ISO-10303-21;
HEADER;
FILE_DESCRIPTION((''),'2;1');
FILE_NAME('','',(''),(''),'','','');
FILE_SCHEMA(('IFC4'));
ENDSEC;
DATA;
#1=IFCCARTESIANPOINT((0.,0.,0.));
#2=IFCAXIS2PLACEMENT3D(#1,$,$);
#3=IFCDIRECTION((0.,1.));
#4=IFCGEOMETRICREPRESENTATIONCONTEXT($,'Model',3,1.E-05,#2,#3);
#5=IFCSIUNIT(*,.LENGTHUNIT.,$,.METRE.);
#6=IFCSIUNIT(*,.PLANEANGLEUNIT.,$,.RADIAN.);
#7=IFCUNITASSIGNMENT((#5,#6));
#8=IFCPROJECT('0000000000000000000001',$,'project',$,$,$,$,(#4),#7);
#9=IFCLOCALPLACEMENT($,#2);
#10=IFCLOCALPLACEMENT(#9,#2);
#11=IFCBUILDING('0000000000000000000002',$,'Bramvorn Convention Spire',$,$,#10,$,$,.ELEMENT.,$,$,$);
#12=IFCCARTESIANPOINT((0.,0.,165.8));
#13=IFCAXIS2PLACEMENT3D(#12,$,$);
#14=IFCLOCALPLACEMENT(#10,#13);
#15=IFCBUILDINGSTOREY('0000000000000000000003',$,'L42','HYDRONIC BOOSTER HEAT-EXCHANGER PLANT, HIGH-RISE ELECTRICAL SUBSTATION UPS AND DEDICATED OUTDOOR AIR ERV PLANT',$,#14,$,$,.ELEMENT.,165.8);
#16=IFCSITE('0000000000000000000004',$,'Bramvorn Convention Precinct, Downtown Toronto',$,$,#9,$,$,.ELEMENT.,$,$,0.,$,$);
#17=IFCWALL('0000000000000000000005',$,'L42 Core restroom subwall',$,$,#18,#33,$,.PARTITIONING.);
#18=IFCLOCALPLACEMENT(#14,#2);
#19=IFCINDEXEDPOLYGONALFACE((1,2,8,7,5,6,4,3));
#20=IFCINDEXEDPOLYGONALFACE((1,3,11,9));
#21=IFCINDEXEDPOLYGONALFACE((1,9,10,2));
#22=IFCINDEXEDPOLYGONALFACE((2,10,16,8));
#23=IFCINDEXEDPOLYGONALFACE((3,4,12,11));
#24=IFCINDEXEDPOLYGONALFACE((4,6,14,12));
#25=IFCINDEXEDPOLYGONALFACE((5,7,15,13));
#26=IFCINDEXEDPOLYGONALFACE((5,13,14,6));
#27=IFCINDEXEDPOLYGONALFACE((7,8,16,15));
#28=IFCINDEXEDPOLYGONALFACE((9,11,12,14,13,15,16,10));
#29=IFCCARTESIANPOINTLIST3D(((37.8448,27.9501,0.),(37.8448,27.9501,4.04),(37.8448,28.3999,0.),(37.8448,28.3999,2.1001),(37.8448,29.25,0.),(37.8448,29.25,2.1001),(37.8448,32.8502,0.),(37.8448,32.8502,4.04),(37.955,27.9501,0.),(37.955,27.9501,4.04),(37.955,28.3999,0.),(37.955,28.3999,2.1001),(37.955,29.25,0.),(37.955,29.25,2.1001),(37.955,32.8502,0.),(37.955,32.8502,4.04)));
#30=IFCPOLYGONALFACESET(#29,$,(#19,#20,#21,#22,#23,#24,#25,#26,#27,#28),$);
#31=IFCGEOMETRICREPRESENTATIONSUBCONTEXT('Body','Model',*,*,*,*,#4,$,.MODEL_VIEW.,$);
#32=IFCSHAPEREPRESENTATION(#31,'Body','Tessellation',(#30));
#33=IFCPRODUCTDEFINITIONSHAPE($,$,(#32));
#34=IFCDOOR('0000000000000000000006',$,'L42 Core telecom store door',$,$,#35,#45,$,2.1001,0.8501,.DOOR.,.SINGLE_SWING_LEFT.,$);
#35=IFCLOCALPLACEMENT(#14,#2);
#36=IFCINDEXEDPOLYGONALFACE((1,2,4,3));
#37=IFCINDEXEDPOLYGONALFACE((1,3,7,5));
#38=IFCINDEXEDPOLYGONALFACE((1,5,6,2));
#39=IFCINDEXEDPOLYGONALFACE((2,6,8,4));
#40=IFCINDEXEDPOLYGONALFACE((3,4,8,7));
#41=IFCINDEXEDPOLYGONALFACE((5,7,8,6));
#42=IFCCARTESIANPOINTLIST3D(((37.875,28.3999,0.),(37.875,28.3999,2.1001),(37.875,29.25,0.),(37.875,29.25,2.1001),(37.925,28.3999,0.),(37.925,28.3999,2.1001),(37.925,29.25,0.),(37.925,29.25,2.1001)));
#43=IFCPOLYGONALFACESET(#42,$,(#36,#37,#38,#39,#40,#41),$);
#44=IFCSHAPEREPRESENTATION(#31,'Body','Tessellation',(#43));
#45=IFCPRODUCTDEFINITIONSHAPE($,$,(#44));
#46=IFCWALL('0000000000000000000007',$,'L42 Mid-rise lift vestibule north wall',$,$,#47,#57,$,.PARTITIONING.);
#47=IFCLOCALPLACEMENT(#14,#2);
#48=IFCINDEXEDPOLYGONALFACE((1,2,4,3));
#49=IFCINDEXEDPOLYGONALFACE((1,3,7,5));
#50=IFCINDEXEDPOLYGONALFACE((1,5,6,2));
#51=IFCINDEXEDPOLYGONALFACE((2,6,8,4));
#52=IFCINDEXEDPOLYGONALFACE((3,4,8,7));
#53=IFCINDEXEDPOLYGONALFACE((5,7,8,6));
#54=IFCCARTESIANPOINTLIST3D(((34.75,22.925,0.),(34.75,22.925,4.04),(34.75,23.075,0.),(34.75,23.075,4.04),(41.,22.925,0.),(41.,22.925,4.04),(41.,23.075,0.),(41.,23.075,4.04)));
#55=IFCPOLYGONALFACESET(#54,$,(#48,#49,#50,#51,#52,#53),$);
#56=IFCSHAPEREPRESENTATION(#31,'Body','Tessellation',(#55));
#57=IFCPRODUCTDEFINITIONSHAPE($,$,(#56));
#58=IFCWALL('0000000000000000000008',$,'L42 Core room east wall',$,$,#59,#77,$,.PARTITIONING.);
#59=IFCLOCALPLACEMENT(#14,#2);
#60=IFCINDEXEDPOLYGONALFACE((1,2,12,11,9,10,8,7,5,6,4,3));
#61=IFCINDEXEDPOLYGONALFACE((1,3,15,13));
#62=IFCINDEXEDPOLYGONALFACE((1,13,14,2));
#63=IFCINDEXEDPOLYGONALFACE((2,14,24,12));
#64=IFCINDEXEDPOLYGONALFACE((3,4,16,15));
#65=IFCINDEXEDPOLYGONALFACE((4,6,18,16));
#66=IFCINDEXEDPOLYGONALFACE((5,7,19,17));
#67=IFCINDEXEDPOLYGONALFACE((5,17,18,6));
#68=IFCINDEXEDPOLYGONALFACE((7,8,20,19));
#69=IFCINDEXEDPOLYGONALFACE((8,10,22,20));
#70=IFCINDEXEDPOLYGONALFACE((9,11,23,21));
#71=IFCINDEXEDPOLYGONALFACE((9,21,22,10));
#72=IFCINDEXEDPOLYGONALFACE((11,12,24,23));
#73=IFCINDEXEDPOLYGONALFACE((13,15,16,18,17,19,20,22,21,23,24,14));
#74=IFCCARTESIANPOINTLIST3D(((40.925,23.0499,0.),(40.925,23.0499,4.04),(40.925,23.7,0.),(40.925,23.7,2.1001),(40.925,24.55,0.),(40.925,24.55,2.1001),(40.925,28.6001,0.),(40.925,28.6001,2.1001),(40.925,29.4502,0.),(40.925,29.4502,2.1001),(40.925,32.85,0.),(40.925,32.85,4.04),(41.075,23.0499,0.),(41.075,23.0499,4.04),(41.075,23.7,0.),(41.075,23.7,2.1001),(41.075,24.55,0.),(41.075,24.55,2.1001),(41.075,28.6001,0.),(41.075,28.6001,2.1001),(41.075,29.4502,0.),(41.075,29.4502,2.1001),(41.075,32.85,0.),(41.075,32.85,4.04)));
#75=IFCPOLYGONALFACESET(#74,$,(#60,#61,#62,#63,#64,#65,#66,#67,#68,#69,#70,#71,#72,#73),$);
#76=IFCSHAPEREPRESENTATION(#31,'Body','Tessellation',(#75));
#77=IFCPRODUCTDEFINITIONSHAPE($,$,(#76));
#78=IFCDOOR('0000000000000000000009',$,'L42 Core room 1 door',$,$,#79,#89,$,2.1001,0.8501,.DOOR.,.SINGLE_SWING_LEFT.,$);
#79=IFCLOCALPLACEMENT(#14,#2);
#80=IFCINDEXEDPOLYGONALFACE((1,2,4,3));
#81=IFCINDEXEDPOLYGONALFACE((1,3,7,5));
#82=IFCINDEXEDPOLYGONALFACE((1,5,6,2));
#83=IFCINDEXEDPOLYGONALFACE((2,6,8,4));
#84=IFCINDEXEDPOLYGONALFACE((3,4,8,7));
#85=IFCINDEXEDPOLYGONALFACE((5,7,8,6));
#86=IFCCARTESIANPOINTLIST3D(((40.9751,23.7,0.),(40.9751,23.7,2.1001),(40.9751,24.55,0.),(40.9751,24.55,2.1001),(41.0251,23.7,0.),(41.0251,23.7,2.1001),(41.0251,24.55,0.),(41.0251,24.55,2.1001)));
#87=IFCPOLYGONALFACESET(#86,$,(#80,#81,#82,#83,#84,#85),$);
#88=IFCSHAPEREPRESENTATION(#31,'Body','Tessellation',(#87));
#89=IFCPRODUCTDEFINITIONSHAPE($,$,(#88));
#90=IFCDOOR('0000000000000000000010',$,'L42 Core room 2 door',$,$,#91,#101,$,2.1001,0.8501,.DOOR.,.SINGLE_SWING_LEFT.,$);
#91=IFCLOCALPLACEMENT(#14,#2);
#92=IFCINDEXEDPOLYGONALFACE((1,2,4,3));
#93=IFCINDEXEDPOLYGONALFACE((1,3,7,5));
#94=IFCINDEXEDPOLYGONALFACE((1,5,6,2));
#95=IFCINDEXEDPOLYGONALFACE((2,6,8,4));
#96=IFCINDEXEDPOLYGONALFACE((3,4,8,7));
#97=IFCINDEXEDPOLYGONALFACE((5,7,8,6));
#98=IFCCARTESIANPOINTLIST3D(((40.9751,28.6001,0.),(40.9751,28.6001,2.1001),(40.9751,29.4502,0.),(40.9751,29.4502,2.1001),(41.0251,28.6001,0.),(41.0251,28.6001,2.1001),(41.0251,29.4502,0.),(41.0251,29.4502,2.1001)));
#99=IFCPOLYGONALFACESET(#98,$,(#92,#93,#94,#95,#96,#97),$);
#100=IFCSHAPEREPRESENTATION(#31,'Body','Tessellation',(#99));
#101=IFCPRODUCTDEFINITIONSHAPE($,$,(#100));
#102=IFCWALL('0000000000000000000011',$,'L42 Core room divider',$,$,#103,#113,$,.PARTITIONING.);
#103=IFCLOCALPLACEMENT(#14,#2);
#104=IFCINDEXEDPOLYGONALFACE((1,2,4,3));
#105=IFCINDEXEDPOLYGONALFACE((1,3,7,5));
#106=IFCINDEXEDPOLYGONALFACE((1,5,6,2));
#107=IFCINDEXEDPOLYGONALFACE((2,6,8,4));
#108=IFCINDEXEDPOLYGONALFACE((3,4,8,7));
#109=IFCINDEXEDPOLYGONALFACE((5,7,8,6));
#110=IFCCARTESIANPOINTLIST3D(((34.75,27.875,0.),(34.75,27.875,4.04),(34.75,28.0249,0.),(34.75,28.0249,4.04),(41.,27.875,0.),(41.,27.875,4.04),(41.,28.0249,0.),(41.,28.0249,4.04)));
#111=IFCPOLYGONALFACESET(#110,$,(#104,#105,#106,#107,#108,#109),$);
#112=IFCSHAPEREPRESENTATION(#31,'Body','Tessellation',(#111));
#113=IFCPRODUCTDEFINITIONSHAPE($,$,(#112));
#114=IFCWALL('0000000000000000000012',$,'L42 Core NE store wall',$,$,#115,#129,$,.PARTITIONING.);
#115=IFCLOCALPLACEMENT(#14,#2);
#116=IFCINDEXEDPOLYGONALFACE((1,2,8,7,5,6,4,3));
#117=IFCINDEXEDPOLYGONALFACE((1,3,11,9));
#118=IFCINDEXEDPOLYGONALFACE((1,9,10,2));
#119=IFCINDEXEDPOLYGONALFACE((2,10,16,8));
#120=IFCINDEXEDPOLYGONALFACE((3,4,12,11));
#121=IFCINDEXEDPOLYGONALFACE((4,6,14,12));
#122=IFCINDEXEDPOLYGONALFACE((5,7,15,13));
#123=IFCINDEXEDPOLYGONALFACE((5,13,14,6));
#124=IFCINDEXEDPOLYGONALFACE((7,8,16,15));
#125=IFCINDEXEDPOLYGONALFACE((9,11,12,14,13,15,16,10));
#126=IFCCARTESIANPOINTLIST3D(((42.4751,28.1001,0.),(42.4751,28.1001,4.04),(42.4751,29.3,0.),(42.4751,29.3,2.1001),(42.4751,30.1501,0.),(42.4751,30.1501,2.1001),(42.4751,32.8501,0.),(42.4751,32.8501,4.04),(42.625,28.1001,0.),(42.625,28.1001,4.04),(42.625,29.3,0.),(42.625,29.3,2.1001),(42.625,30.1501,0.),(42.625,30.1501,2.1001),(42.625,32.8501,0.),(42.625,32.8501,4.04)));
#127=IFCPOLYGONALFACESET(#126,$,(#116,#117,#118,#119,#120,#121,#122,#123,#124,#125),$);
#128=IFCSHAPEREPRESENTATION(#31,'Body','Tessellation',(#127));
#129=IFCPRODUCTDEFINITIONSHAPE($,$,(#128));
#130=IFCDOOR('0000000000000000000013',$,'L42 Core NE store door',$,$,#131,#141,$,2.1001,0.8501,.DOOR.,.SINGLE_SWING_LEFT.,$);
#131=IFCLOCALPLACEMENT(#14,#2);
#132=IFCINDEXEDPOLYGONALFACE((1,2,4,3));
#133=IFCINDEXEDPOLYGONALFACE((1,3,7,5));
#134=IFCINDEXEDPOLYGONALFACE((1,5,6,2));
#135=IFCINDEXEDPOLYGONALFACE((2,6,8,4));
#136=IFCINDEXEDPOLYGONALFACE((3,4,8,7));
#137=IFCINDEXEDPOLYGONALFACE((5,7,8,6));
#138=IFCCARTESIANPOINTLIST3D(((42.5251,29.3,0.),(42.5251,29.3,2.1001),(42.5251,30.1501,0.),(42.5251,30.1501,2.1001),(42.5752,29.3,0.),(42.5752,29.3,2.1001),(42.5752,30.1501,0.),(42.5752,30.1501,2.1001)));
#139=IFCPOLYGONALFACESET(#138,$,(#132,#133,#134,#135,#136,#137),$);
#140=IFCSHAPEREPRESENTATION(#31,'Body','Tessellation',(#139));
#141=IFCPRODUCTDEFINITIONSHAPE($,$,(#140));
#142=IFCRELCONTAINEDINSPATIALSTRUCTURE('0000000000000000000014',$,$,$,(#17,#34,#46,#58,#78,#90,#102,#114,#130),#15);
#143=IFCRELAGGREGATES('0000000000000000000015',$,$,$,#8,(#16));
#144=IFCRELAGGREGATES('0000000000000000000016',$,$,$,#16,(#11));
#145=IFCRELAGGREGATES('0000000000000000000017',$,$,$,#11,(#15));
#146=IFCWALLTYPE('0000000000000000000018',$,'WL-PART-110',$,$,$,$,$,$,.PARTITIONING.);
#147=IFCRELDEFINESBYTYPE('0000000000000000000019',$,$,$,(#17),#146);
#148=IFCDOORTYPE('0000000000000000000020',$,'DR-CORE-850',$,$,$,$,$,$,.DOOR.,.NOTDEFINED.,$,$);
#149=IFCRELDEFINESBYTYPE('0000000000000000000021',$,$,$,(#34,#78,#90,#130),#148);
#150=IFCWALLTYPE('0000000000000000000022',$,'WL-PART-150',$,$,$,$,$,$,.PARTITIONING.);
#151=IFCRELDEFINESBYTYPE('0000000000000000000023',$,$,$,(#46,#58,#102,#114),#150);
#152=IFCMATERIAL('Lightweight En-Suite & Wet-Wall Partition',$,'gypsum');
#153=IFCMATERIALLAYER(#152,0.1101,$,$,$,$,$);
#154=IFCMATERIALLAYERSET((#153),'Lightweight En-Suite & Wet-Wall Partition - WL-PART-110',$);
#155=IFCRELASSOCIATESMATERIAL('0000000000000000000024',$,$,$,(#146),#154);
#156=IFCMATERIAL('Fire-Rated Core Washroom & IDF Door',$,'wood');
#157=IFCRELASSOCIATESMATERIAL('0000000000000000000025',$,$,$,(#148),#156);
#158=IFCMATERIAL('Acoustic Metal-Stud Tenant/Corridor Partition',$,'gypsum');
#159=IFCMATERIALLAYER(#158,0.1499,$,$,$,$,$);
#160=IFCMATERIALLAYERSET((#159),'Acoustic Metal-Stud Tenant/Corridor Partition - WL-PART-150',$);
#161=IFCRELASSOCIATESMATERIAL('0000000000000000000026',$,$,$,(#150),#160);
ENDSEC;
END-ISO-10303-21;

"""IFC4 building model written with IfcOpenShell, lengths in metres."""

from ifc_helpers import new_model, si_unit, direction, frame, frame_2d, origin, place, context, subcontext, project, spatial, rectangle, extrude, material, layer, layer_set, type_object, element, fill, save


model = new_model("IFC4")

# Units and contexts
model_context = context("Model", 3, precision=1e-05, world=origin(), true_north=direction((0.0, 1.0)))
body_context = subcontext(model_context, "Body", "Model", "MODEL_VIEW")
ifc_project = project(units=[si_unit("LENGTHUNIT", "METRE"), si_unit("PLANEANGLEUNIT", "RADIAN")], contexts=[model_context])

# Site, building, storey
site_placement = place(None, origin())
site = spatial("IfcSite", under=ifc_project, at=site_placement, Name="Bramvorn Convention Precinct, Downtown Toronto", CompositionType="ELEMENT", RefElevation=0.0)
building_placement = place(site_placement, origin())
building = spatial("IfcBuilding", under=site, at=building_placement, Name="Bramvorn Convention Spire", CompositionType="ELEMENT")
storey_placement = place(building_placement, frame((0.0, 0.0, 165.8)))
storey = spatial("IfcBuildingStorey", under=building, at=storey_placement, Name="L42", Description="HYDRONIC BOOSTER HEAT-EXCHANGER PLANT, HIGH-RISE ELECTRICAL SUBSTATION UPS AND DEDICATED OUTDOOR AIR ERV PLANT", CompositionType="ELEMENT", Elevation=165.8)

# Wall, opening, door
ifc_material_1 = material(Name="Lightweight En-Suite & Wet-Wall Partition", Category="gypsum")
ifc_layer_1 = layer(ifc_material_1, 0.1101)
ifc_layer_set_1 = layer_set([ifc_layer_1], Name="Lightweight En-Suite & Wet-Wall Partition - WL-PART-110")
wall_type_1 = type_object("IfcWallType", Name="WL-PART-110", PredefinedType="PARTITIONING", material=ifc_layer_set_1)
wall_1_placement = place(storey_placement, frame((37.8999, 27.95, 0.0), z_axis=(0.0, 0.0, 1.0), x_axis=(0.0, 1.0, 0.0)))
wall_1 = element("IfcWall", 1, at=wall_1_placement, inside=storey, type_object=wall_type_1, Name="L42 Core restroom subwall", PredefinedType="PARTITIONING", context=body_context, shape_type="SweptSolid", body=[
    extrude(rectangle(XDim=4.9001, YDim=0.1101, at=frame_2d((2.4502, 0.0))), origin(), (0.0, 0.0, 1.0), 4.04),
])
opening_1_placement = place(wall_1_placement, frame((0.45, 0.0, 0.0)))
opening_1 = element("IfcOpeningElement", 2, at=opening_1_placement, cuts=wall_1, PredefinedType="OPENING", context=body_context, shape_type="SweptSolid", body=[
    extrude(rectangle(XDim=0.8501, YDim=2.1001, at=frame_2d((0.425, 1.05))), frame((0.0, 0.0649, 0.0), z_axis=(0.0, -1.0, 0.0), x_axis=(1.0, 0.0, 0.0)), (0.0, 0.0, 1.0), 0.1301),
])
ifc_material_2 = material(Name="Fire-Rated Core Washroom & IDF Door", Category="wood")
door_type_1 = type_object("IfcDoorType", Name="DR-CORE-850", OperationType="NOTDEFINED", PredefinedType="DOOR", material=ifc_material_2)
door_1_placement = place(opening_1_placement, origin())
door_1 = element("IfcDoor", 3, at=door_1_placement, inside=storey, type_object=door_type_1, Name="L42 Core telecom store door", OperationType="SINGLE_SWING_LEFT", OverallHeight=2.1001, OverallWidth=0.8501, PredefinedType="DOOR", context=body_context, shape_type="SweptSolid", body=[
    extrude(rectangle(XDim=0.8501, YDim=2.1001, at=frame_2d((0.425, 1.05))), frame((0.0, 0.0249, 0.0), z_axis=(0.0, -1.0, 0.0), x_axis=(1.0, 0.0, 0.0)), (0.0, 0.0, 1.0), 0.05),
])
fill(opening_1, door_1)

# Wall
ifc_material_3 = material(Name="Acoustic Metal-Stud Tenant/Corridor Partition", Category="gypsum")
ifc_layer_2 = layer(ifc_material_3, 0.1499)
ifc_layer_set_2 = layer_set([ifc_layer_2], Name="Acoustic Metal-Stud Tenant/Corridor Partition - WL-PART-150")
wall_type_2 = type_object("IfcWallType", Name="WL-PART-150", PredefinedType="PARTITIONING", material=ifc_layer_set_2)
wall_2_placement = place(storey_placement, frame((34.75, 23.0, 0.0), z_axis=(0.0, 0.0, 1.0), x_axis=(1.0, 0.0, 0.0)))
element("IfcWall", 4, at=wall_2_placement, inside=storey, type_object=wall_type_2, Name="L42 Mid-rise lift vestibule north wall", PredefinedType="PARTITIONING", context=body_context, shape_type="SweptSolid", body=[
    extrude(rectangle(XDim=6.25, YDim=0.1499, at=frame_2d((3.125, 0.0))), origin(), (0.0, 0.0, 1.0), 4.04),
])

# Wall, openings, doors
wall_3_placement = place(storey_placement, frame((41.0, 23.05, 0.0), z_axis=(0.0, 0.0, 1.0), x_axis=(0.0, 1.0, 0.0)))
wall_3 = element("IfcWall", 5, at=wall_3_placement, inside=storey, type_object=wall_type_2, Name="L42 Core room east wall", PredefinedType="PARTITIONING", context=body_context, shape_type="SweptSolid", body=[
    extrude(rectangle(XDim=9.8, YDim=0.1499, at=frame_2d((4.8999, 0.0))), origin(), (0.0, 0.0, 1.0), 4.04),
])
opening_2_placement = place(wall_3_placement, frame((0.6499, 0.0, 0.0)))
opening_2 = element("IfcOpeningElement", 6, at=opening_2_placement, cuts=wall_3, PredefinedType="OPENING", context=body_context, shape_type="SweptSolid", body=[
    extrude(rectangle(XDim=0.8501, YDim=2.1001, at=frame_2d((0.425, 1.05))), frame((0.0, 0.085, 0.0), z_axis=(0.0, -1.0, 0.0), x_axis=(1.0, 0.0, 0.0)), (0.0, 0.0, 1.0), 0.1699),
])
opening_3_placement = place(wall_3_placement, frame((5.55, 0.0, 0.0)))
opening_3 = element("IfcOpeningElement", 7, at=opening_3_placement, cuts=wall_3, PredefinedType="OPENING", context=body_context, shape_type="SweptSolid", body=[
    extrude(rectangle(XDim=0.8501, YDim=2.1001, at=frame_2d((0.425, 1.05))), frame((0.0, 0.085, 0.0), z_axis=(0.0, -1.0, 0.0), x_axis=(1.0, 0.0, 0.0)), (0.0, 0.0, 1.0), 0.1699),
])
door_2_placement = place(opening_2_placement, origin())
door_2 = element("IfcDoor", 8, at=door_2_placement, inside=storey, type_object=door_type_1, Name="L42 Core room 1 door", OperationType="SINGLE_SWING_LEFT", OverallHeight=2.1001, OverallWidth=0.8501, PredefinedType="DOOR", context=body_context, shape_type="SweptSolid", body=[
    extrude(rectangle(XDim=0.8501, YDim=2.1001, at=frame_2d((0.425, 1.05))), frame((0.0, 0.0249, 0.0), z_axis=(0.0, -1.0, 0.0), x_axis=(1.0, 0.0, 0.0)), (0.0, 0.0, 1.0), 0.05),
])
fill(opening_2, door_2)
door_3_placement = place(opening_3_placement, origin())
door_3 = element("IfcDoor", 9, at=door_3_placement, inside=storey, type_object=door_type_1, Name="L42 Core room 2 door", OperationType="SINGLE_SWING_LEFT", OverallHeight=2.1001, OverallWidth=0.8501, PredefinedType="DOOR", context=body_context, shape_type="SweptSolid", body=[
    extrude(rectangle(XDim=0.8501, YDim=2.1001, at=frame_2d((0.425, 1.05))), frame((0.0, 0.0249, 0.0), z_axis=(0.0, -1.0, 0.0), x_axis=(1.0, 0.0, 0.0)), (0.0, 0.0, 1.0), 0.05),
])
fill(opening_3, door_3)

# Wall
wall_4_placement = place(storey_placement, frame((34.75, 27.95, 0.0), z_axis=(0.0, 0.0, 1.0), x_axis=(1.0, 0.0, 0.0)))
element("IfcWall", 10, at=wall_4_placement, inside=storey, type_object=wall_type_2, Name="L42 Core room divider", PredefinedType="PARTITIONING", context=body_context, shape_type="SweptSolid", body=[
    extrude(rectangle(XDim=6.25, YDim=0.1499, at=frame_2d((3.125, 0.0))), origin(), (0.0, 0.0, 1.0), 4.04),
])

# Wall, opening, door
wall_5_placement = place(storey_placement, frame((42.55, 28.1001, 0.0), z_axis=(0.0, 0.0, 1.0), x_axis=(0.0, 1.0, 0.0)))
wall_5 = element("IfcWall", 11, at=wall_5_placement, inside=storey, type_object=wall_type_2, Name="L42 Core NE store wall", PredefinedType="PARTITIONING", context=body_context, shape_type="SweptSolid", body=[
    extrude(rectangle(XDim=4.75, YDim=0.1499, at=frame_2d((2.375, 0.0))), origin(), (0.0, 0.0, 1.0), 4.04),
])
opening_4_placement = place(wall_5_placement, frame((1.2, 0.0, 0.0)))
opening_4 = element("IfcOpeningElement", 12, at=opening_4_placement, cuts=wall_5, PredefinedType="OPENING", context=body_context, shape_type="SweptSolid", body=[
    extrude(rectangle(XDim=0.8501, YDim=2.1001, at=frame_2d((0.425, 1.05))), frame((0.0, 0.085, 0.0), z_axis=(0.0, -1.0, 0.0), x_axis=(1.0, 0.0, 0.0)), (0.0, 0.0, 1.0), 0.1699),
])
door_4_placement = place(opening_4_placement, origin())
door_4 = element("IfcDoor", 13, at=door_4_placement, inside=storey, type_object=door_type_1, Name="L42 Core NE store door", OperationType="SINGLE_SWING_LEFT", OverallHeight=2.1001, OverallWidth=0.8501, PredefinedType="DOOR", context=body_context, shape_type="SweptSolid", body=[
    extrude(rectangle(XDim=0.8501, YDim=2.1001, at=frame_2d((0.425, 1.05))), frame((0.0, 0.0249, 0.0), z_axis=(0.0, -1.0, 0.0), x_axis=(1.0, 0.0, 0.0)), (0.0, 0.0, 1.0), 0.05),
])
fill(opening_4, door_4)

save(model, "model.ifc")
